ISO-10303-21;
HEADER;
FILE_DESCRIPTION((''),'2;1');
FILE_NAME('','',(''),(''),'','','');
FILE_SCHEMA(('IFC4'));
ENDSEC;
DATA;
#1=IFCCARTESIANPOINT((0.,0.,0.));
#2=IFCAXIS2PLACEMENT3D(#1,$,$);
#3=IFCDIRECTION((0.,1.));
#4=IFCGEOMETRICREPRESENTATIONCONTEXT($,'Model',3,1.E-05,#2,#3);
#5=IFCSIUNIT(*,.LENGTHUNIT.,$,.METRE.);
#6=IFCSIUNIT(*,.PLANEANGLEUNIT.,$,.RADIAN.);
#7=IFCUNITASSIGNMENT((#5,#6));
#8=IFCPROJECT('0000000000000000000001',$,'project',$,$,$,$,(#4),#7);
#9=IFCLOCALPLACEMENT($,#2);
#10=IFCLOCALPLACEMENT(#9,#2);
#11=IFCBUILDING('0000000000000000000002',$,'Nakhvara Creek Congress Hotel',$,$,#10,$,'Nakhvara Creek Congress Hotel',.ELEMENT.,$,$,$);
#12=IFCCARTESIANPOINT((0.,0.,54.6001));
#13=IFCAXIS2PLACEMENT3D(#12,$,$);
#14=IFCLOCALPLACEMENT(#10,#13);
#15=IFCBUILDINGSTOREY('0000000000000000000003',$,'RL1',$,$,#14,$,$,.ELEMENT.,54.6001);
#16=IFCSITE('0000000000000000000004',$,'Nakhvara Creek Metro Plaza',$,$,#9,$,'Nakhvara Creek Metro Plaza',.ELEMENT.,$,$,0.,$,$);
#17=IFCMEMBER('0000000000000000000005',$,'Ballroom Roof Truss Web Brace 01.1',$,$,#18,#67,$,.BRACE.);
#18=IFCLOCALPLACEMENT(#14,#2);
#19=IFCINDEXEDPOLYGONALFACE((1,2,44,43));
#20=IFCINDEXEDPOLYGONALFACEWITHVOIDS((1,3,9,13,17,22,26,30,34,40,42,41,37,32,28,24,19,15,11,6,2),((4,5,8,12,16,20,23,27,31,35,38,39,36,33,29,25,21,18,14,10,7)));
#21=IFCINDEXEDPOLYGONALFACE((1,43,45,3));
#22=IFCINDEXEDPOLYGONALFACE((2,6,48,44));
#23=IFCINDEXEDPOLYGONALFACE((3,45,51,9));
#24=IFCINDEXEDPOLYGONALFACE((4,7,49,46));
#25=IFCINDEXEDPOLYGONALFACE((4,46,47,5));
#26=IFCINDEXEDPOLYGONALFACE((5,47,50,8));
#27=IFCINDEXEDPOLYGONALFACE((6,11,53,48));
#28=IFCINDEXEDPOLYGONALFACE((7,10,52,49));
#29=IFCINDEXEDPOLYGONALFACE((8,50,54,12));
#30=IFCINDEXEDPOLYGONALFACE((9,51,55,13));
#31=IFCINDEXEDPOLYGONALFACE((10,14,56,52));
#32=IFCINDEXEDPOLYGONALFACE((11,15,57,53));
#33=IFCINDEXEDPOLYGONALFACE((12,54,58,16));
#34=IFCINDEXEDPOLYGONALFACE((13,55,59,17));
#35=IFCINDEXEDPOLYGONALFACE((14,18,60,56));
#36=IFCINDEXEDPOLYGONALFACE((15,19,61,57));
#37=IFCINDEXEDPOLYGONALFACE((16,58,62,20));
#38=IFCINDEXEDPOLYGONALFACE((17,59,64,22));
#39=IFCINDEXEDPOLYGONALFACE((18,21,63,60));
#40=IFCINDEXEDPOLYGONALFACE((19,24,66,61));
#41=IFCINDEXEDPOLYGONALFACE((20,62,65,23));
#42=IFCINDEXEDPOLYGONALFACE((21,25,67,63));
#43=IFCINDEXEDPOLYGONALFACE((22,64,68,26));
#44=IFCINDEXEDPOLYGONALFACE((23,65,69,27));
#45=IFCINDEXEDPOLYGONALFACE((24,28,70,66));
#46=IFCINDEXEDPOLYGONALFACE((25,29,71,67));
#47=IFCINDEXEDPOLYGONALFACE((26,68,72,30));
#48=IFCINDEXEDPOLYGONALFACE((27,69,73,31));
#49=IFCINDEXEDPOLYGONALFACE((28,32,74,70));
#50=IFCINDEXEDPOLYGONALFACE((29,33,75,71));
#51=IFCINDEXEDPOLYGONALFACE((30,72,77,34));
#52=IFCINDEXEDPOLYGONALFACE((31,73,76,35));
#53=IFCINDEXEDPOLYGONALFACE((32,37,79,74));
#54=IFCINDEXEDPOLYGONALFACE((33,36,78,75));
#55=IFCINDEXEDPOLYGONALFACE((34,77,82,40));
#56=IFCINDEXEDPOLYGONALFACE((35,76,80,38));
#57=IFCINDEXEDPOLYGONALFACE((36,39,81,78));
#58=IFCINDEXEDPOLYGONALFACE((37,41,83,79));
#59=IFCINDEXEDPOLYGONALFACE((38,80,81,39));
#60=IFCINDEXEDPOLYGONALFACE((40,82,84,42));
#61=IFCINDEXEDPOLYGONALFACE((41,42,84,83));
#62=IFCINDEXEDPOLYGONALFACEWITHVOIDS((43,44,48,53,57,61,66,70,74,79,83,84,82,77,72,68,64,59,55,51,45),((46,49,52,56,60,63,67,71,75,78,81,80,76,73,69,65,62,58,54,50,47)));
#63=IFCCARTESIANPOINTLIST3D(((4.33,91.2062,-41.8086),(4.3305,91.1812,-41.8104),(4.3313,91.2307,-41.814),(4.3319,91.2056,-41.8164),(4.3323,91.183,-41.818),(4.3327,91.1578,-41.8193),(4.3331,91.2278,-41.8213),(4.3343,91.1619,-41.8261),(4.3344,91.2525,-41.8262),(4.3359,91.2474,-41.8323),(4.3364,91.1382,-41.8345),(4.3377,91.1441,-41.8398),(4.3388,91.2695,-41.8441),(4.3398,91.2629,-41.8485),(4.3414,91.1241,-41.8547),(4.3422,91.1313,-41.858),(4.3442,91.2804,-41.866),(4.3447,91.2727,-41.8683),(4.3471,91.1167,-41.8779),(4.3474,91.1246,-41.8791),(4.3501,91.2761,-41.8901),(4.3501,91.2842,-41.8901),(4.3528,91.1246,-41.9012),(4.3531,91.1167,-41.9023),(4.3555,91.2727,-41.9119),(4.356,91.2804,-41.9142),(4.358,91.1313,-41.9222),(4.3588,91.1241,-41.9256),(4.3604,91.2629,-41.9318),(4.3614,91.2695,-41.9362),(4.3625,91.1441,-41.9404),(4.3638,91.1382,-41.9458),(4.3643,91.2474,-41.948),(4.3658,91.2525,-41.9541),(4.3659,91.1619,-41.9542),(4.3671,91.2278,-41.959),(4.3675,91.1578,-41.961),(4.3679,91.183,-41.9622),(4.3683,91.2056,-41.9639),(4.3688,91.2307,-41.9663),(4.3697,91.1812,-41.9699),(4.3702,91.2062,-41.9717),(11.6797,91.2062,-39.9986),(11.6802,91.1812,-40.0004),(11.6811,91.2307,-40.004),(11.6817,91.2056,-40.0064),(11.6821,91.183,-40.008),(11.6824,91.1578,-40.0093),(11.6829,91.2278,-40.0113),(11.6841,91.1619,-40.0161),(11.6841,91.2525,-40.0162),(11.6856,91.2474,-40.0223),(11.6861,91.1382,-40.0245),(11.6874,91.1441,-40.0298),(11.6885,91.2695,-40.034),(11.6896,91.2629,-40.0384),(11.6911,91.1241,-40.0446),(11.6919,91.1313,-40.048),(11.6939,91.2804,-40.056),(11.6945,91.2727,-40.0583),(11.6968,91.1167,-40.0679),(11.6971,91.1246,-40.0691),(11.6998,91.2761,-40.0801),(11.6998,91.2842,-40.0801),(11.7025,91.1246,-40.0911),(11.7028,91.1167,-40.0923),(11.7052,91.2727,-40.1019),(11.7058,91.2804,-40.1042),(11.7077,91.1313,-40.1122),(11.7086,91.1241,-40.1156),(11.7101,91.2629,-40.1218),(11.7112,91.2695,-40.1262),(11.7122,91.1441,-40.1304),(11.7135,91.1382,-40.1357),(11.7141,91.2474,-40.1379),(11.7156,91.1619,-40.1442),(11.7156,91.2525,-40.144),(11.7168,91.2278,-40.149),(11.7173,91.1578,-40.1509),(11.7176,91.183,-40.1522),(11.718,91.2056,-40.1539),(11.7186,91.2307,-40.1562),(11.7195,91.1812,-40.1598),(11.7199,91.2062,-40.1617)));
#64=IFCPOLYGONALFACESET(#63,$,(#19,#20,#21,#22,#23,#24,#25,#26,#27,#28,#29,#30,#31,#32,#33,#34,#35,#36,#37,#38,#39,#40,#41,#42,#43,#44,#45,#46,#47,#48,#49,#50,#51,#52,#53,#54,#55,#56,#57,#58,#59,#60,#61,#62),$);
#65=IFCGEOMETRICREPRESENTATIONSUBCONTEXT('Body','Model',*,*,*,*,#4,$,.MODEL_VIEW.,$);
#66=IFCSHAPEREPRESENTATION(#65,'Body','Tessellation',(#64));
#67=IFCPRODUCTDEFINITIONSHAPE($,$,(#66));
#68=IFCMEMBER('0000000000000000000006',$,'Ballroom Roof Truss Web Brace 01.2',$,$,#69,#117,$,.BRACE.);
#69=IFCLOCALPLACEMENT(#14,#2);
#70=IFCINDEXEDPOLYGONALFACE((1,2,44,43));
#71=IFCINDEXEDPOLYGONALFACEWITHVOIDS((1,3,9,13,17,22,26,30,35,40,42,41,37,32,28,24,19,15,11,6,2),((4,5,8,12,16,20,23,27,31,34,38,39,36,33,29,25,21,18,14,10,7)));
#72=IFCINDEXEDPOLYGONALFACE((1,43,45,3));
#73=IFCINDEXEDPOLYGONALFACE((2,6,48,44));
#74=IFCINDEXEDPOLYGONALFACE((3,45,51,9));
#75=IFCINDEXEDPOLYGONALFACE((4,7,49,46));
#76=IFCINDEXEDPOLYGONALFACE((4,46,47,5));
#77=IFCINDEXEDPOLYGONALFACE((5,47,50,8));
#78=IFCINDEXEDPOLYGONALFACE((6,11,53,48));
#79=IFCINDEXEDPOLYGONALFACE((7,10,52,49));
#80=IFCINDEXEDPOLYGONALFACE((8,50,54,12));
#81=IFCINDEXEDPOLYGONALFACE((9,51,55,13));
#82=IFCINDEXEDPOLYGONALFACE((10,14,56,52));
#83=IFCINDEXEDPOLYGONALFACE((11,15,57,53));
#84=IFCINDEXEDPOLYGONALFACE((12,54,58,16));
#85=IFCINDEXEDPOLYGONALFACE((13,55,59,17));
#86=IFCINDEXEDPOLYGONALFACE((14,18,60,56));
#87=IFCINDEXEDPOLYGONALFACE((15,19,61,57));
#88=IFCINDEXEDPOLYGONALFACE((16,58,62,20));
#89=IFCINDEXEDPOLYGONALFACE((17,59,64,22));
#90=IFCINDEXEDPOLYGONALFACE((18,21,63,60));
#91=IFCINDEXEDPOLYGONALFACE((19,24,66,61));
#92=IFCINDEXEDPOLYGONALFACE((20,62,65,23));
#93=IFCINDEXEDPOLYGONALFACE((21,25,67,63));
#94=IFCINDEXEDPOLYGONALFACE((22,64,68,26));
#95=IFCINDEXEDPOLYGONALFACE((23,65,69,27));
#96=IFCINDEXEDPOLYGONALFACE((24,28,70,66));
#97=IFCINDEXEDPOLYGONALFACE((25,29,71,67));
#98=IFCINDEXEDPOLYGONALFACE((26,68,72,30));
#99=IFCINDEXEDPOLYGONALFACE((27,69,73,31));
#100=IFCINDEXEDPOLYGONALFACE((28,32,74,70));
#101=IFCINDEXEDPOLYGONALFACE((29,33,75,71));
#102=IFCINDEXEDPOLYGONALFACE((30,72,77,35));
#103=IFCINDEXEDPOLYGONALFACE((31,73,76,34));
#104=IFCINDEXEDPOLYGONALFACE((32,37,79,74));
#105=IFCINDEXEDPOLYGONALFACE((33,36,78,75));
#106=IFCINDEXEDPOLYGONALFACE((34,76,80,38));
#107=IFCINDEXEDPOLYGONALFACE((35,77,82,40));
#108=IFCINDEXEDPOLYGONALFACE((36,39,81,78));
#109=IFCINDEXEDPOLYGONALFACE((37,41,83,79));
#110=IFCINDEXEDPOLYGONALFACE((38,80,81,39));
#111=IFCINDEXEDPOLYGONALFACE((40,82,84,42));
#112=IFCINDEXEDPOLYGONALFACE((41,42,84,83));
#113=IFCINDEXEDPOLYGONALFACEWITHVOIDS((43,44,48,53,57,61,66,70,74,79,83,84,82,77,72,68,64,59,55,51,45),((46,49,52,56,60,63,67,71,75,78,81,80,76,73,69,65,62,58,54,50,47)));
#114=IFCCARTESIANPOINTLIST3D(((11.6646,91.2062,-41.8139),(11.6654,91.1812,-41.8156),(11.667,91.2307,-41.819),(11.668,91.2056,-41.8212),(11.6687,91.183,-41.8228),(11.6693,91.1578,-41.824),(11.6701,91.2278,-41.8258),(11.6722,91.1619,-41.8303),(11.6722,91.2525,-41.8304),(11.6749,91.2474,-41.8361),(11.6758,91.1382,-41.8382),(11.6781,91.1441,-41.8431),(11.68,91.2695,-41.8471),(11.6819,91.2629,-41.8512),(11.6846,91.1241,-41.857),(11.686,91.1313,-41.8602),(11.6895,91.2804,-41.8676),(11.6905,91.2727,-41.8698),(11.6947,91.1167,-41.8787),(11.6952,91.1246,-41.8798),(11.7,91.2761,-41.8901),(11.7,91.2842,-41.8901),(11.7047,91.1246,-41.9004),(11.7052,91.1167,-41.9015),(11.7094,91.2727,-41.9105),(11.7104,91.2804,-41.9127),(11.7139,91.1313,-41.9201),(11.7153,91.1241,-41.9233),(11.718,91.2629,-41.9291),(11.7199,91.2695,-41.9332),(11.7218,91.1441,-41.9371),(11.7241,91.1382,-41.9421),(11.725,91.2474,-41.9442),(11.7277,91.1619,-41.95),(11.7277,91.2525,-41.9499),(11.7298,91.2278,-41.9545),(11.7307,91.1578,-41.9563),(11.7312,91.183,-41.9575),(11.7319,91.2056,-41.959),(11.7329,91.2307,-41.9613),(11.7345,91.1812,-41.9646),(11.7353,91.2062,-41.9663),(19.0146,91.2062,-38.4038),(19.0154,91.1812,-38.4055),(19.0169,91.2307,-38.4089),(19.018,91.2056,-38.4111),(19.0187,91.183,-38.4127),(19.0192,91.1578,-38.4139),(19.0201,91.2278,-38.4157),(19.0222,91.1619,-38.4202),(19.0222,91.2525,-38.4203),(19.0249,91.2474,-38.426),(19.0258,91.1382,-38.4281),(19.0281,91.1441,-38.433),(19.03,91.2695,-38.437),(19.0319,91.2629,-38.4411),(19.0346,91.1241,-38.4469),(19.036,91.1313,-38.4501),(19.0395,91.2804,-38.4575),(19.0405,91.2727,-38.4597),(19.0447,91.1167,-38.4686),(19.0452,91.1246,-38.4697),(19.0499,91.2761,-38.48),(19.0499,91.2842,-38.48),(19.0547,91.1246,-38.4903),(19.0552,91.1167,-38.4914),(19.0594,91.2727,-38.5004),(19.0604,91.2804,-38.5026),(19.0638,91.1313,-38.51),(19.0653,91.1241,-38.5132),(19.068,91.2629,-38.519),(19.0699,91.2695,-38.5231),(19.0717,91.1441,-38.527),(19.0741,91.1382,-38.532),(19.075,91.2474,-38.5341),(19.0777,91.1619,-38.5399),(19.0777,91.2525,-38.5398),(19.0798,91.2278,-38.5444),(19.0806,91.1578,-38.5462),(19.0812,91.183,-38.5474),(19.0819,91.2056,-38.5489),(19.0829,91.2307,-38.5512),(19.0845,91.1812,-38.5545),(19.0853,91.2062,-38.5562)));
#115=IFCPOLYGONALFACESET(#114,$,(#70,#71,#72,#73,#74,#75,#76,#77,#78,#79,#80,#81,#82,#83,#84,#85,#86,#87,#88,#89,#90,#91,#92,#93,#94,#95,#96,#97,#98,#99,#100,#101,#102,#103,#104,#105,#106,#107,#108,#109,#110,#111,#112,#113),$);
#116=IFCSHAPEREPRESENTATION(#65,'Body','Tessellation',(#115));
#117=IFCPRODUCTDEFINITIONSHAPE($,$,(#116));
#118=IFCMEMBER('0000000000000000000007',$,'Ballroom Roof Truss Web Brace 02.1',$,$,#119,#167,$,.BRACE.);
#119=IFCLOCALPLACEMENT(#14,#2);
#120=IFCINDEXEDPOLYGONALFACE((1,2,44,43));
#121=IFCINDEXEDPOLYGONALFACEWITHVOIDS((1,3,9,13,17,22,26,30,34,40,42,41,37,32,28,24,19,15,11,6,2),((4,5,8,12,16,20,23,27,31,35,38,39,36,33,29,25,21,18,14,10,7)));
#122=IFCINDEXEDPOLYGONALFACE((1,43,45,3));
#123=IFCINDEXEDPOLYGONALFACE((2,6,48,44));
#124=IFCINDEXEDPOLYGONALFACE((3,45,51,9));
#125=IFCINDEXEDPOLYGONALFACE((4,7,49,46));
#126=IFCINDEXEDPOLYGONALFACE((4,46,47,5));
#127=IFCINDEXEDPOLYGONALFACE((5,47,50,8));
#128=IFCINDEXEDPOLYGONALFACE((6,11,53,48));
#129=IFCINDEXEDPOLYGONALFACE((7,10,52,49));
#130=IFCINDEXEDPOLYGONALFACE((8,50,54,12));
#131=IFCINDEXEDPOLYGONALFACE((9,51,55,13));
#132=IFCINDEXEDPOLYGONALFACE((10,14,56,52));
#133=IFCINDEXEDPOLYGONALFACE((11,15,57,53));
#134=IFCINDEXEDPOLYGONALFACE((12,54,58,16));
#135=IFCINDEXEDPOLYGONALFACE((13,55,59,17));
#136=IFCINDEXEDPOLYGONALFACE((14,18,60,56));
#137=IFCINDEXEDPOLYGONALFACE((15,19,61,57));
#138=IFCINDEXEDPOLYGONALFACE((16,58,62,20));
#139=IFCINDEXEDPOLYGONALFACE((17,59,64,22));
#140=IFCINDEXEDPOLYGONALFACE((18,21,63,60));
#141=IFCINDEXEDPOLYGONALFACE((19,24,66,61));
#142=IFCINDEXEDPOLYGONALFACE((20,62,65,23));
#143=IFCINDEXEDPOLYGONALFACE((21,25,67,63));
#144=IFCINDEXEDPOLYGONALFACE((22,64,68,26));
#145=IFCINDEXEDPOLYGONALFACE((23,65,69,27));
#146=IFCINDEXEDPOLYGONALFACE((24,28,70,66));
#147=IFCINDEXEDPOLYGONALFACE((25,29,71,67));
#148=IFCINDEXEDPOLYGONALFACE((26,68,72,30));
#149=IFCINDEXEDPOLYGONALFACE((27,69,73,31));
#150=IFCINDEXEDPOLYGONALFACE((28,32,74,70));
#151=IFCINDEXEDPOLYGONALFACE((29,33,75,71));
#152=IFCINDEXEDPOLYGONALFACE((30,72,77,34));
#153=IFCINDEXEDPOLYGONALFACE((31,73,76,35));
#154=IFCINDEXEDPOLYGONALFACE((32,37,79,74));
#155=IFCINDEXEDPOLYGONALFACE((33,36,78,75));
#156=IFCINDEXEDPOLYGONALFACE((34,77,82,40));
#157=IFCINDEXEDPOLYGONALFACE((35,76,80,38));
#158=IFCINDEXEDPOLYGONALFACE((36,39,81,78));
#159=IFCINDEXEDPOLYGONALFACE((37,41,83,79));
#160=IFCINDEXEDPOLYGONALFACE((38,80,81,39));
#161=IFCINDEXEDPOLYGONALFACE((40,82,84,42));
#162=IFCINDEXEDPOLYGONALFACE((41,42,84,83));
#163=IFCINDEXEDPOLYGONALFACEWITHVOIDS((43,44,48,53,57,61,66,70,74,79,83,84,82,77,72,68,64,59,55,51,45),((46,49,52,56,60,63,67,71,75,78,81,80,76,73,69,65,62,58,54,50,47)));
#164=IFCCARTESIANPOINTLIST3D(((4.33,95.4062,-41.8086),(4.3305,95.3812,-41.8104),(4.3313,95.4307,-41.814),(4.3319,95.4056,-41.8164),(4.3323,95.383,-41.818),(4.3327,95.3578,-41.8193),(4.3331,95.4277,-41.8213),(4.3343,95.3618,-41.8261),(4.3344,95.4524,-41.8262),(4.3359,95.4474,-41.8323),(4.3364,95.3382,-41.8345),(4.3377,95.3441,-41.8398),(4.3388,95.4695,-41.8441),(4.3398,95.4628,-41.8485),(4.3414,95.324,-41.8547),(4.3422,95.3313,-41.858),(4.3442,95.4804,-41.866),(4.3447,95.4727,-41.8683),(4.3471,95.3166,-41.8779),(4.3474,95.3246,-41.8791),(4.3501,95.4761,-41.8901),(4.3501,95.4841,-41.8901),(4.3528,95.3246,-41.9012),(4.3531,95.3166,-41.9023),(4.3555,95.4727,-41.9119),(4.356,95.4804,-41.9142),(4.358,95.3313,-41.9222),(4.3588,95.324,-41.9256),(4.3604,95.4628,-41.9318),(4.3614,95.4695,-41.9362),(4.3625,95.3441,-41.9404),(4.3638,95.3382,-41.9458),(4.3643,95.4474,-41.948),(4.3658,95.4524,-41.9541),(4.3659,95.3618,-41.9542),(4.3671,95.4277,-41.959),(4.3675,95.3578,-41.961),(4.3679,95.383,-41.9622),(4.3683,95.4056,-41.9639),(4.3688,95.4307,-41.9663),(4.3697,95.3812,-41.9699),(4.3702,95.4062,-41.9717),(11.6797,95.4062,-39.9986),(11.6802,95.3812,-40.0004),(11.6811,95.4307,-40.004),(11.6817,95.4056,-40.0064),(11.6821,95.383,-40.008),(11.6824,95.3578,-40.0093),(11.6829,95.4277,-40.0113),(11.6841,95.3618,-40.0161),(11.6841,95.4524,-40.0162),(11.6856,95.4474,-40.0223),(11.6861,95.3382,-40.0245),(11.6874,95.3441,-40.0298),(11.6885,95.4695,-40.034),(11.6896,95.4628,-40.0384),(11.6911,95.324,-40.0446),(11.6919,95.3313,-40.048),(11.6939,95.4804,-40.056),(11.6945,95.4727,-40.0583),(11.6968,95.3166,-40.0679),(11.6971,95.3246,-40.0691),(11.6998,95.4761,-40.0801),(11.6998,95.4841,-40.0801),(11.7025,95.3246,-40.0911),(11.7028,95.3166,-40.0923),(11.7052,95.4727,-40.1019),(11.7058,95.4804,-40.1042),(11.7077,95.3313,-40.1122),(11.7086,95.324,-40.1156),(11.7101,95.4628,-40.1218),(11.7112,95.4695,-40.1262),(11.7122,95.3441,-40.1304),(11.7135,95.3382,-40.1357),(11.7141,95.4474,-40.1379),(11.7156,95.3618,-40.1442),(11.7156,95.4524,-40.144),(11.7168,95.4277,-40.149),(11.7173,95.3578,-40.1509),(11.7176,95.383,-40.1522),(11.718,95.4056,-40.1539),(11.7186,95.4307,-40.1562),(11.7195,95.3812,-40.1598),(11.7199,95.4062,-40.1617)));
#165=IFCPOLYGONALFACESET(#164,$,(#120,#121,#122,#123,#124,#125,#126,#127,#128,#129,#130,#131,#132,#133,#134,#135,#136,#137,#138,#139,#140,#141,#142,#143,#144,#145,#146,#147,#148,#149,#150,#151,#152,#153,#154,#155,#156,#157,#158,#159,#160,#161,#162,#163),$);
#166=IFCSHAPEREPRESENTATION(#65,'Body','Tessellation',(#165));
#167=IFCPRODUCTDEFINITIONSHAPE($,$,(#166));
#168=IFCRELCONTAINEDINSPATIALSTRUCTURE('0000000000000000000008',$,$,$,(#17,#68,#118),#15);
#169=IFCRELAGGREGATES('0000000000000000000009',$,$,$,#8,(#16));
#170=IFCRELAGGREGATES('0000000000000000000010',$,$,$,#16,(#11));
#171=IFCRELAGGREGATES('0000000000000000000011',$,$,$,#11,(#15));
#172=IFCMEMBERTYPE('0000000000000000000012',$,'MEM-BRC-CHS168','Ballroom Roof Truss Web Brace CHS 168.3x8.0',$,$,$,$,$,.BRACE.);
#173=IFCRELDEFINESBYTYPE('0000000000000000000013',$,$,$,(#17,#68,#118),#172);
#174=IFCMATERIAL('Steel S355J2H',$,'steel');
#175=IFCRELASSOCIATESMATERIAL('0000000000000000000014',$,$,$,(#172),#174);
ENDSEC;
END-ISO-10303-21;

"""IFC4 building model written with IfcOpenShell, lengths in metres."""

from ifc_helpers import new_model, si_unit, direction, frame, origin, origin_2d, place, context, subcontext, project, spatial, hollow_circle, extrude, material, material_profile, profile_set, type_object, element, save


model = new_model("IFC4")

# Units and contexts
model_context = context("Model", 3, precision=1e-05, world=origin(), true_north=direction((0.0, 1.0)))
body_context = subcontext(model_context, "Body", "Model", "MODEL_VIEW")
ifc_project = project(units=[si_unit("LENGTHUNIT", "METRE"), si_unit("PLANEANGLEUNIT", "RADIAN")], contexts=[model_context])

# Site, building, storey
site_placement = place(None, origin())
site = spatial("IfcSite", under=ifc_project, at=site_placement, Name="Nakhvara Creek Metro Plaza", LongName="Nakhvara Creek Metro Plaza", CompositionType="ELEMENT", RefElevation=0.0)
building_placement = place(site_placement, origin())
building = spatial("IfcBuilding", under=site, at=building_placement, Name="Nakhvara Creek Congress Hotel", LongName="Nakhvara Creek Congress Hotel", CompositionType="ELEMENT")
storey_placement = place(building_placement, frame((0.0, 0.0, 54.6001)))
storey = spatial("IfcBuildingStorey", under=building, at=storey_placement, Name="RL1", CompositionType="ELEMENT", Elevation=54.6001)

# Members
ifc_material_1 = material(Name="Steel S355J2H", Category="steel")
ifc_material_profile_1 = material_profile(ifc_material_1, hollow_circle(Radius=0.0842, WallThickness=0.0081, at=origin_2d()), Name="CHS 168.3x8.0", Category="LoadBearing")
ifc_profile_set_1 = profile_set([ifc_material_profile_1], Name="Steel S355J2H")
member_type_1 = type_object("IfcMemberType", Name="MEM-BRC-CHS168", Description="Ballroom Roof Truss Web Brace CHS 168.3x8.0", PredefinedType="BRACE", material=ifc_profile_set_1)
member_1_placement = place(storey_placement, frame((4.3501, 91.2, -41.8901), z_axis=(0.970988, 0.0, 0.239127), x_axis=(0.0, 1.0, 0.0)))
element("IfcMember", 1, at=member_1_placement, inside=storey, type_object=member_type_1, Name="Ballroom Roof Truss Web Brace 01.1", PredefinedType="BRACE", context=body_context, shape_type="SweptSolid", body=[
    extrude(hollow_circle(Radius=0.0842, WallThickness=0.0081, at=origin_2d()), origin(), (0.0, 0.0, 1.0), 7.5693),
])
member_2_placement = place(storey_placement, frame((11.7, 91.2, -41.8901), z_axis=(0.907122, 0.0, 0.420869), x_axis=(0.0, 1.0, 0.0)))
element("IfcMember", 2, at=member_2_placement, inside=storey, type_object=member_type_1, Name="Ballroom Roof Truss Web Brace 01.2", PredefinedType="BRACE", context=body_context, shape_type="SweptSolid", body=[
    extrude(hollow_circle(Radius=0.0842, WallThickness=0.0081, at=origin_2d()), origin(), (0.0, 0.0, 1.0), 8.1025),
])
member_3_placement = place(storey_placement, frame((4.3501, 95.3999, -41.8901), z_axis=(0.970988, 0.0, 0.239127), x_axis=(0.0, 1.0, 0.0)))
element("IfcMember", 3, at=member_3_placement, inside=storey, type_object=member_type_1, Name="Ballroom Roof Truss Web Brace 02.1", PredefinedType="BRACE", context=body_context, shape_type="SweptSolid", body=[
    extrude(hollow_circle(Radius=0.0842, WallThickness=0.0081, at=origin_2d()), origin(), (0.0, 0.0, 1.0), 7.5693),
])

save(model, "model.ifc")
